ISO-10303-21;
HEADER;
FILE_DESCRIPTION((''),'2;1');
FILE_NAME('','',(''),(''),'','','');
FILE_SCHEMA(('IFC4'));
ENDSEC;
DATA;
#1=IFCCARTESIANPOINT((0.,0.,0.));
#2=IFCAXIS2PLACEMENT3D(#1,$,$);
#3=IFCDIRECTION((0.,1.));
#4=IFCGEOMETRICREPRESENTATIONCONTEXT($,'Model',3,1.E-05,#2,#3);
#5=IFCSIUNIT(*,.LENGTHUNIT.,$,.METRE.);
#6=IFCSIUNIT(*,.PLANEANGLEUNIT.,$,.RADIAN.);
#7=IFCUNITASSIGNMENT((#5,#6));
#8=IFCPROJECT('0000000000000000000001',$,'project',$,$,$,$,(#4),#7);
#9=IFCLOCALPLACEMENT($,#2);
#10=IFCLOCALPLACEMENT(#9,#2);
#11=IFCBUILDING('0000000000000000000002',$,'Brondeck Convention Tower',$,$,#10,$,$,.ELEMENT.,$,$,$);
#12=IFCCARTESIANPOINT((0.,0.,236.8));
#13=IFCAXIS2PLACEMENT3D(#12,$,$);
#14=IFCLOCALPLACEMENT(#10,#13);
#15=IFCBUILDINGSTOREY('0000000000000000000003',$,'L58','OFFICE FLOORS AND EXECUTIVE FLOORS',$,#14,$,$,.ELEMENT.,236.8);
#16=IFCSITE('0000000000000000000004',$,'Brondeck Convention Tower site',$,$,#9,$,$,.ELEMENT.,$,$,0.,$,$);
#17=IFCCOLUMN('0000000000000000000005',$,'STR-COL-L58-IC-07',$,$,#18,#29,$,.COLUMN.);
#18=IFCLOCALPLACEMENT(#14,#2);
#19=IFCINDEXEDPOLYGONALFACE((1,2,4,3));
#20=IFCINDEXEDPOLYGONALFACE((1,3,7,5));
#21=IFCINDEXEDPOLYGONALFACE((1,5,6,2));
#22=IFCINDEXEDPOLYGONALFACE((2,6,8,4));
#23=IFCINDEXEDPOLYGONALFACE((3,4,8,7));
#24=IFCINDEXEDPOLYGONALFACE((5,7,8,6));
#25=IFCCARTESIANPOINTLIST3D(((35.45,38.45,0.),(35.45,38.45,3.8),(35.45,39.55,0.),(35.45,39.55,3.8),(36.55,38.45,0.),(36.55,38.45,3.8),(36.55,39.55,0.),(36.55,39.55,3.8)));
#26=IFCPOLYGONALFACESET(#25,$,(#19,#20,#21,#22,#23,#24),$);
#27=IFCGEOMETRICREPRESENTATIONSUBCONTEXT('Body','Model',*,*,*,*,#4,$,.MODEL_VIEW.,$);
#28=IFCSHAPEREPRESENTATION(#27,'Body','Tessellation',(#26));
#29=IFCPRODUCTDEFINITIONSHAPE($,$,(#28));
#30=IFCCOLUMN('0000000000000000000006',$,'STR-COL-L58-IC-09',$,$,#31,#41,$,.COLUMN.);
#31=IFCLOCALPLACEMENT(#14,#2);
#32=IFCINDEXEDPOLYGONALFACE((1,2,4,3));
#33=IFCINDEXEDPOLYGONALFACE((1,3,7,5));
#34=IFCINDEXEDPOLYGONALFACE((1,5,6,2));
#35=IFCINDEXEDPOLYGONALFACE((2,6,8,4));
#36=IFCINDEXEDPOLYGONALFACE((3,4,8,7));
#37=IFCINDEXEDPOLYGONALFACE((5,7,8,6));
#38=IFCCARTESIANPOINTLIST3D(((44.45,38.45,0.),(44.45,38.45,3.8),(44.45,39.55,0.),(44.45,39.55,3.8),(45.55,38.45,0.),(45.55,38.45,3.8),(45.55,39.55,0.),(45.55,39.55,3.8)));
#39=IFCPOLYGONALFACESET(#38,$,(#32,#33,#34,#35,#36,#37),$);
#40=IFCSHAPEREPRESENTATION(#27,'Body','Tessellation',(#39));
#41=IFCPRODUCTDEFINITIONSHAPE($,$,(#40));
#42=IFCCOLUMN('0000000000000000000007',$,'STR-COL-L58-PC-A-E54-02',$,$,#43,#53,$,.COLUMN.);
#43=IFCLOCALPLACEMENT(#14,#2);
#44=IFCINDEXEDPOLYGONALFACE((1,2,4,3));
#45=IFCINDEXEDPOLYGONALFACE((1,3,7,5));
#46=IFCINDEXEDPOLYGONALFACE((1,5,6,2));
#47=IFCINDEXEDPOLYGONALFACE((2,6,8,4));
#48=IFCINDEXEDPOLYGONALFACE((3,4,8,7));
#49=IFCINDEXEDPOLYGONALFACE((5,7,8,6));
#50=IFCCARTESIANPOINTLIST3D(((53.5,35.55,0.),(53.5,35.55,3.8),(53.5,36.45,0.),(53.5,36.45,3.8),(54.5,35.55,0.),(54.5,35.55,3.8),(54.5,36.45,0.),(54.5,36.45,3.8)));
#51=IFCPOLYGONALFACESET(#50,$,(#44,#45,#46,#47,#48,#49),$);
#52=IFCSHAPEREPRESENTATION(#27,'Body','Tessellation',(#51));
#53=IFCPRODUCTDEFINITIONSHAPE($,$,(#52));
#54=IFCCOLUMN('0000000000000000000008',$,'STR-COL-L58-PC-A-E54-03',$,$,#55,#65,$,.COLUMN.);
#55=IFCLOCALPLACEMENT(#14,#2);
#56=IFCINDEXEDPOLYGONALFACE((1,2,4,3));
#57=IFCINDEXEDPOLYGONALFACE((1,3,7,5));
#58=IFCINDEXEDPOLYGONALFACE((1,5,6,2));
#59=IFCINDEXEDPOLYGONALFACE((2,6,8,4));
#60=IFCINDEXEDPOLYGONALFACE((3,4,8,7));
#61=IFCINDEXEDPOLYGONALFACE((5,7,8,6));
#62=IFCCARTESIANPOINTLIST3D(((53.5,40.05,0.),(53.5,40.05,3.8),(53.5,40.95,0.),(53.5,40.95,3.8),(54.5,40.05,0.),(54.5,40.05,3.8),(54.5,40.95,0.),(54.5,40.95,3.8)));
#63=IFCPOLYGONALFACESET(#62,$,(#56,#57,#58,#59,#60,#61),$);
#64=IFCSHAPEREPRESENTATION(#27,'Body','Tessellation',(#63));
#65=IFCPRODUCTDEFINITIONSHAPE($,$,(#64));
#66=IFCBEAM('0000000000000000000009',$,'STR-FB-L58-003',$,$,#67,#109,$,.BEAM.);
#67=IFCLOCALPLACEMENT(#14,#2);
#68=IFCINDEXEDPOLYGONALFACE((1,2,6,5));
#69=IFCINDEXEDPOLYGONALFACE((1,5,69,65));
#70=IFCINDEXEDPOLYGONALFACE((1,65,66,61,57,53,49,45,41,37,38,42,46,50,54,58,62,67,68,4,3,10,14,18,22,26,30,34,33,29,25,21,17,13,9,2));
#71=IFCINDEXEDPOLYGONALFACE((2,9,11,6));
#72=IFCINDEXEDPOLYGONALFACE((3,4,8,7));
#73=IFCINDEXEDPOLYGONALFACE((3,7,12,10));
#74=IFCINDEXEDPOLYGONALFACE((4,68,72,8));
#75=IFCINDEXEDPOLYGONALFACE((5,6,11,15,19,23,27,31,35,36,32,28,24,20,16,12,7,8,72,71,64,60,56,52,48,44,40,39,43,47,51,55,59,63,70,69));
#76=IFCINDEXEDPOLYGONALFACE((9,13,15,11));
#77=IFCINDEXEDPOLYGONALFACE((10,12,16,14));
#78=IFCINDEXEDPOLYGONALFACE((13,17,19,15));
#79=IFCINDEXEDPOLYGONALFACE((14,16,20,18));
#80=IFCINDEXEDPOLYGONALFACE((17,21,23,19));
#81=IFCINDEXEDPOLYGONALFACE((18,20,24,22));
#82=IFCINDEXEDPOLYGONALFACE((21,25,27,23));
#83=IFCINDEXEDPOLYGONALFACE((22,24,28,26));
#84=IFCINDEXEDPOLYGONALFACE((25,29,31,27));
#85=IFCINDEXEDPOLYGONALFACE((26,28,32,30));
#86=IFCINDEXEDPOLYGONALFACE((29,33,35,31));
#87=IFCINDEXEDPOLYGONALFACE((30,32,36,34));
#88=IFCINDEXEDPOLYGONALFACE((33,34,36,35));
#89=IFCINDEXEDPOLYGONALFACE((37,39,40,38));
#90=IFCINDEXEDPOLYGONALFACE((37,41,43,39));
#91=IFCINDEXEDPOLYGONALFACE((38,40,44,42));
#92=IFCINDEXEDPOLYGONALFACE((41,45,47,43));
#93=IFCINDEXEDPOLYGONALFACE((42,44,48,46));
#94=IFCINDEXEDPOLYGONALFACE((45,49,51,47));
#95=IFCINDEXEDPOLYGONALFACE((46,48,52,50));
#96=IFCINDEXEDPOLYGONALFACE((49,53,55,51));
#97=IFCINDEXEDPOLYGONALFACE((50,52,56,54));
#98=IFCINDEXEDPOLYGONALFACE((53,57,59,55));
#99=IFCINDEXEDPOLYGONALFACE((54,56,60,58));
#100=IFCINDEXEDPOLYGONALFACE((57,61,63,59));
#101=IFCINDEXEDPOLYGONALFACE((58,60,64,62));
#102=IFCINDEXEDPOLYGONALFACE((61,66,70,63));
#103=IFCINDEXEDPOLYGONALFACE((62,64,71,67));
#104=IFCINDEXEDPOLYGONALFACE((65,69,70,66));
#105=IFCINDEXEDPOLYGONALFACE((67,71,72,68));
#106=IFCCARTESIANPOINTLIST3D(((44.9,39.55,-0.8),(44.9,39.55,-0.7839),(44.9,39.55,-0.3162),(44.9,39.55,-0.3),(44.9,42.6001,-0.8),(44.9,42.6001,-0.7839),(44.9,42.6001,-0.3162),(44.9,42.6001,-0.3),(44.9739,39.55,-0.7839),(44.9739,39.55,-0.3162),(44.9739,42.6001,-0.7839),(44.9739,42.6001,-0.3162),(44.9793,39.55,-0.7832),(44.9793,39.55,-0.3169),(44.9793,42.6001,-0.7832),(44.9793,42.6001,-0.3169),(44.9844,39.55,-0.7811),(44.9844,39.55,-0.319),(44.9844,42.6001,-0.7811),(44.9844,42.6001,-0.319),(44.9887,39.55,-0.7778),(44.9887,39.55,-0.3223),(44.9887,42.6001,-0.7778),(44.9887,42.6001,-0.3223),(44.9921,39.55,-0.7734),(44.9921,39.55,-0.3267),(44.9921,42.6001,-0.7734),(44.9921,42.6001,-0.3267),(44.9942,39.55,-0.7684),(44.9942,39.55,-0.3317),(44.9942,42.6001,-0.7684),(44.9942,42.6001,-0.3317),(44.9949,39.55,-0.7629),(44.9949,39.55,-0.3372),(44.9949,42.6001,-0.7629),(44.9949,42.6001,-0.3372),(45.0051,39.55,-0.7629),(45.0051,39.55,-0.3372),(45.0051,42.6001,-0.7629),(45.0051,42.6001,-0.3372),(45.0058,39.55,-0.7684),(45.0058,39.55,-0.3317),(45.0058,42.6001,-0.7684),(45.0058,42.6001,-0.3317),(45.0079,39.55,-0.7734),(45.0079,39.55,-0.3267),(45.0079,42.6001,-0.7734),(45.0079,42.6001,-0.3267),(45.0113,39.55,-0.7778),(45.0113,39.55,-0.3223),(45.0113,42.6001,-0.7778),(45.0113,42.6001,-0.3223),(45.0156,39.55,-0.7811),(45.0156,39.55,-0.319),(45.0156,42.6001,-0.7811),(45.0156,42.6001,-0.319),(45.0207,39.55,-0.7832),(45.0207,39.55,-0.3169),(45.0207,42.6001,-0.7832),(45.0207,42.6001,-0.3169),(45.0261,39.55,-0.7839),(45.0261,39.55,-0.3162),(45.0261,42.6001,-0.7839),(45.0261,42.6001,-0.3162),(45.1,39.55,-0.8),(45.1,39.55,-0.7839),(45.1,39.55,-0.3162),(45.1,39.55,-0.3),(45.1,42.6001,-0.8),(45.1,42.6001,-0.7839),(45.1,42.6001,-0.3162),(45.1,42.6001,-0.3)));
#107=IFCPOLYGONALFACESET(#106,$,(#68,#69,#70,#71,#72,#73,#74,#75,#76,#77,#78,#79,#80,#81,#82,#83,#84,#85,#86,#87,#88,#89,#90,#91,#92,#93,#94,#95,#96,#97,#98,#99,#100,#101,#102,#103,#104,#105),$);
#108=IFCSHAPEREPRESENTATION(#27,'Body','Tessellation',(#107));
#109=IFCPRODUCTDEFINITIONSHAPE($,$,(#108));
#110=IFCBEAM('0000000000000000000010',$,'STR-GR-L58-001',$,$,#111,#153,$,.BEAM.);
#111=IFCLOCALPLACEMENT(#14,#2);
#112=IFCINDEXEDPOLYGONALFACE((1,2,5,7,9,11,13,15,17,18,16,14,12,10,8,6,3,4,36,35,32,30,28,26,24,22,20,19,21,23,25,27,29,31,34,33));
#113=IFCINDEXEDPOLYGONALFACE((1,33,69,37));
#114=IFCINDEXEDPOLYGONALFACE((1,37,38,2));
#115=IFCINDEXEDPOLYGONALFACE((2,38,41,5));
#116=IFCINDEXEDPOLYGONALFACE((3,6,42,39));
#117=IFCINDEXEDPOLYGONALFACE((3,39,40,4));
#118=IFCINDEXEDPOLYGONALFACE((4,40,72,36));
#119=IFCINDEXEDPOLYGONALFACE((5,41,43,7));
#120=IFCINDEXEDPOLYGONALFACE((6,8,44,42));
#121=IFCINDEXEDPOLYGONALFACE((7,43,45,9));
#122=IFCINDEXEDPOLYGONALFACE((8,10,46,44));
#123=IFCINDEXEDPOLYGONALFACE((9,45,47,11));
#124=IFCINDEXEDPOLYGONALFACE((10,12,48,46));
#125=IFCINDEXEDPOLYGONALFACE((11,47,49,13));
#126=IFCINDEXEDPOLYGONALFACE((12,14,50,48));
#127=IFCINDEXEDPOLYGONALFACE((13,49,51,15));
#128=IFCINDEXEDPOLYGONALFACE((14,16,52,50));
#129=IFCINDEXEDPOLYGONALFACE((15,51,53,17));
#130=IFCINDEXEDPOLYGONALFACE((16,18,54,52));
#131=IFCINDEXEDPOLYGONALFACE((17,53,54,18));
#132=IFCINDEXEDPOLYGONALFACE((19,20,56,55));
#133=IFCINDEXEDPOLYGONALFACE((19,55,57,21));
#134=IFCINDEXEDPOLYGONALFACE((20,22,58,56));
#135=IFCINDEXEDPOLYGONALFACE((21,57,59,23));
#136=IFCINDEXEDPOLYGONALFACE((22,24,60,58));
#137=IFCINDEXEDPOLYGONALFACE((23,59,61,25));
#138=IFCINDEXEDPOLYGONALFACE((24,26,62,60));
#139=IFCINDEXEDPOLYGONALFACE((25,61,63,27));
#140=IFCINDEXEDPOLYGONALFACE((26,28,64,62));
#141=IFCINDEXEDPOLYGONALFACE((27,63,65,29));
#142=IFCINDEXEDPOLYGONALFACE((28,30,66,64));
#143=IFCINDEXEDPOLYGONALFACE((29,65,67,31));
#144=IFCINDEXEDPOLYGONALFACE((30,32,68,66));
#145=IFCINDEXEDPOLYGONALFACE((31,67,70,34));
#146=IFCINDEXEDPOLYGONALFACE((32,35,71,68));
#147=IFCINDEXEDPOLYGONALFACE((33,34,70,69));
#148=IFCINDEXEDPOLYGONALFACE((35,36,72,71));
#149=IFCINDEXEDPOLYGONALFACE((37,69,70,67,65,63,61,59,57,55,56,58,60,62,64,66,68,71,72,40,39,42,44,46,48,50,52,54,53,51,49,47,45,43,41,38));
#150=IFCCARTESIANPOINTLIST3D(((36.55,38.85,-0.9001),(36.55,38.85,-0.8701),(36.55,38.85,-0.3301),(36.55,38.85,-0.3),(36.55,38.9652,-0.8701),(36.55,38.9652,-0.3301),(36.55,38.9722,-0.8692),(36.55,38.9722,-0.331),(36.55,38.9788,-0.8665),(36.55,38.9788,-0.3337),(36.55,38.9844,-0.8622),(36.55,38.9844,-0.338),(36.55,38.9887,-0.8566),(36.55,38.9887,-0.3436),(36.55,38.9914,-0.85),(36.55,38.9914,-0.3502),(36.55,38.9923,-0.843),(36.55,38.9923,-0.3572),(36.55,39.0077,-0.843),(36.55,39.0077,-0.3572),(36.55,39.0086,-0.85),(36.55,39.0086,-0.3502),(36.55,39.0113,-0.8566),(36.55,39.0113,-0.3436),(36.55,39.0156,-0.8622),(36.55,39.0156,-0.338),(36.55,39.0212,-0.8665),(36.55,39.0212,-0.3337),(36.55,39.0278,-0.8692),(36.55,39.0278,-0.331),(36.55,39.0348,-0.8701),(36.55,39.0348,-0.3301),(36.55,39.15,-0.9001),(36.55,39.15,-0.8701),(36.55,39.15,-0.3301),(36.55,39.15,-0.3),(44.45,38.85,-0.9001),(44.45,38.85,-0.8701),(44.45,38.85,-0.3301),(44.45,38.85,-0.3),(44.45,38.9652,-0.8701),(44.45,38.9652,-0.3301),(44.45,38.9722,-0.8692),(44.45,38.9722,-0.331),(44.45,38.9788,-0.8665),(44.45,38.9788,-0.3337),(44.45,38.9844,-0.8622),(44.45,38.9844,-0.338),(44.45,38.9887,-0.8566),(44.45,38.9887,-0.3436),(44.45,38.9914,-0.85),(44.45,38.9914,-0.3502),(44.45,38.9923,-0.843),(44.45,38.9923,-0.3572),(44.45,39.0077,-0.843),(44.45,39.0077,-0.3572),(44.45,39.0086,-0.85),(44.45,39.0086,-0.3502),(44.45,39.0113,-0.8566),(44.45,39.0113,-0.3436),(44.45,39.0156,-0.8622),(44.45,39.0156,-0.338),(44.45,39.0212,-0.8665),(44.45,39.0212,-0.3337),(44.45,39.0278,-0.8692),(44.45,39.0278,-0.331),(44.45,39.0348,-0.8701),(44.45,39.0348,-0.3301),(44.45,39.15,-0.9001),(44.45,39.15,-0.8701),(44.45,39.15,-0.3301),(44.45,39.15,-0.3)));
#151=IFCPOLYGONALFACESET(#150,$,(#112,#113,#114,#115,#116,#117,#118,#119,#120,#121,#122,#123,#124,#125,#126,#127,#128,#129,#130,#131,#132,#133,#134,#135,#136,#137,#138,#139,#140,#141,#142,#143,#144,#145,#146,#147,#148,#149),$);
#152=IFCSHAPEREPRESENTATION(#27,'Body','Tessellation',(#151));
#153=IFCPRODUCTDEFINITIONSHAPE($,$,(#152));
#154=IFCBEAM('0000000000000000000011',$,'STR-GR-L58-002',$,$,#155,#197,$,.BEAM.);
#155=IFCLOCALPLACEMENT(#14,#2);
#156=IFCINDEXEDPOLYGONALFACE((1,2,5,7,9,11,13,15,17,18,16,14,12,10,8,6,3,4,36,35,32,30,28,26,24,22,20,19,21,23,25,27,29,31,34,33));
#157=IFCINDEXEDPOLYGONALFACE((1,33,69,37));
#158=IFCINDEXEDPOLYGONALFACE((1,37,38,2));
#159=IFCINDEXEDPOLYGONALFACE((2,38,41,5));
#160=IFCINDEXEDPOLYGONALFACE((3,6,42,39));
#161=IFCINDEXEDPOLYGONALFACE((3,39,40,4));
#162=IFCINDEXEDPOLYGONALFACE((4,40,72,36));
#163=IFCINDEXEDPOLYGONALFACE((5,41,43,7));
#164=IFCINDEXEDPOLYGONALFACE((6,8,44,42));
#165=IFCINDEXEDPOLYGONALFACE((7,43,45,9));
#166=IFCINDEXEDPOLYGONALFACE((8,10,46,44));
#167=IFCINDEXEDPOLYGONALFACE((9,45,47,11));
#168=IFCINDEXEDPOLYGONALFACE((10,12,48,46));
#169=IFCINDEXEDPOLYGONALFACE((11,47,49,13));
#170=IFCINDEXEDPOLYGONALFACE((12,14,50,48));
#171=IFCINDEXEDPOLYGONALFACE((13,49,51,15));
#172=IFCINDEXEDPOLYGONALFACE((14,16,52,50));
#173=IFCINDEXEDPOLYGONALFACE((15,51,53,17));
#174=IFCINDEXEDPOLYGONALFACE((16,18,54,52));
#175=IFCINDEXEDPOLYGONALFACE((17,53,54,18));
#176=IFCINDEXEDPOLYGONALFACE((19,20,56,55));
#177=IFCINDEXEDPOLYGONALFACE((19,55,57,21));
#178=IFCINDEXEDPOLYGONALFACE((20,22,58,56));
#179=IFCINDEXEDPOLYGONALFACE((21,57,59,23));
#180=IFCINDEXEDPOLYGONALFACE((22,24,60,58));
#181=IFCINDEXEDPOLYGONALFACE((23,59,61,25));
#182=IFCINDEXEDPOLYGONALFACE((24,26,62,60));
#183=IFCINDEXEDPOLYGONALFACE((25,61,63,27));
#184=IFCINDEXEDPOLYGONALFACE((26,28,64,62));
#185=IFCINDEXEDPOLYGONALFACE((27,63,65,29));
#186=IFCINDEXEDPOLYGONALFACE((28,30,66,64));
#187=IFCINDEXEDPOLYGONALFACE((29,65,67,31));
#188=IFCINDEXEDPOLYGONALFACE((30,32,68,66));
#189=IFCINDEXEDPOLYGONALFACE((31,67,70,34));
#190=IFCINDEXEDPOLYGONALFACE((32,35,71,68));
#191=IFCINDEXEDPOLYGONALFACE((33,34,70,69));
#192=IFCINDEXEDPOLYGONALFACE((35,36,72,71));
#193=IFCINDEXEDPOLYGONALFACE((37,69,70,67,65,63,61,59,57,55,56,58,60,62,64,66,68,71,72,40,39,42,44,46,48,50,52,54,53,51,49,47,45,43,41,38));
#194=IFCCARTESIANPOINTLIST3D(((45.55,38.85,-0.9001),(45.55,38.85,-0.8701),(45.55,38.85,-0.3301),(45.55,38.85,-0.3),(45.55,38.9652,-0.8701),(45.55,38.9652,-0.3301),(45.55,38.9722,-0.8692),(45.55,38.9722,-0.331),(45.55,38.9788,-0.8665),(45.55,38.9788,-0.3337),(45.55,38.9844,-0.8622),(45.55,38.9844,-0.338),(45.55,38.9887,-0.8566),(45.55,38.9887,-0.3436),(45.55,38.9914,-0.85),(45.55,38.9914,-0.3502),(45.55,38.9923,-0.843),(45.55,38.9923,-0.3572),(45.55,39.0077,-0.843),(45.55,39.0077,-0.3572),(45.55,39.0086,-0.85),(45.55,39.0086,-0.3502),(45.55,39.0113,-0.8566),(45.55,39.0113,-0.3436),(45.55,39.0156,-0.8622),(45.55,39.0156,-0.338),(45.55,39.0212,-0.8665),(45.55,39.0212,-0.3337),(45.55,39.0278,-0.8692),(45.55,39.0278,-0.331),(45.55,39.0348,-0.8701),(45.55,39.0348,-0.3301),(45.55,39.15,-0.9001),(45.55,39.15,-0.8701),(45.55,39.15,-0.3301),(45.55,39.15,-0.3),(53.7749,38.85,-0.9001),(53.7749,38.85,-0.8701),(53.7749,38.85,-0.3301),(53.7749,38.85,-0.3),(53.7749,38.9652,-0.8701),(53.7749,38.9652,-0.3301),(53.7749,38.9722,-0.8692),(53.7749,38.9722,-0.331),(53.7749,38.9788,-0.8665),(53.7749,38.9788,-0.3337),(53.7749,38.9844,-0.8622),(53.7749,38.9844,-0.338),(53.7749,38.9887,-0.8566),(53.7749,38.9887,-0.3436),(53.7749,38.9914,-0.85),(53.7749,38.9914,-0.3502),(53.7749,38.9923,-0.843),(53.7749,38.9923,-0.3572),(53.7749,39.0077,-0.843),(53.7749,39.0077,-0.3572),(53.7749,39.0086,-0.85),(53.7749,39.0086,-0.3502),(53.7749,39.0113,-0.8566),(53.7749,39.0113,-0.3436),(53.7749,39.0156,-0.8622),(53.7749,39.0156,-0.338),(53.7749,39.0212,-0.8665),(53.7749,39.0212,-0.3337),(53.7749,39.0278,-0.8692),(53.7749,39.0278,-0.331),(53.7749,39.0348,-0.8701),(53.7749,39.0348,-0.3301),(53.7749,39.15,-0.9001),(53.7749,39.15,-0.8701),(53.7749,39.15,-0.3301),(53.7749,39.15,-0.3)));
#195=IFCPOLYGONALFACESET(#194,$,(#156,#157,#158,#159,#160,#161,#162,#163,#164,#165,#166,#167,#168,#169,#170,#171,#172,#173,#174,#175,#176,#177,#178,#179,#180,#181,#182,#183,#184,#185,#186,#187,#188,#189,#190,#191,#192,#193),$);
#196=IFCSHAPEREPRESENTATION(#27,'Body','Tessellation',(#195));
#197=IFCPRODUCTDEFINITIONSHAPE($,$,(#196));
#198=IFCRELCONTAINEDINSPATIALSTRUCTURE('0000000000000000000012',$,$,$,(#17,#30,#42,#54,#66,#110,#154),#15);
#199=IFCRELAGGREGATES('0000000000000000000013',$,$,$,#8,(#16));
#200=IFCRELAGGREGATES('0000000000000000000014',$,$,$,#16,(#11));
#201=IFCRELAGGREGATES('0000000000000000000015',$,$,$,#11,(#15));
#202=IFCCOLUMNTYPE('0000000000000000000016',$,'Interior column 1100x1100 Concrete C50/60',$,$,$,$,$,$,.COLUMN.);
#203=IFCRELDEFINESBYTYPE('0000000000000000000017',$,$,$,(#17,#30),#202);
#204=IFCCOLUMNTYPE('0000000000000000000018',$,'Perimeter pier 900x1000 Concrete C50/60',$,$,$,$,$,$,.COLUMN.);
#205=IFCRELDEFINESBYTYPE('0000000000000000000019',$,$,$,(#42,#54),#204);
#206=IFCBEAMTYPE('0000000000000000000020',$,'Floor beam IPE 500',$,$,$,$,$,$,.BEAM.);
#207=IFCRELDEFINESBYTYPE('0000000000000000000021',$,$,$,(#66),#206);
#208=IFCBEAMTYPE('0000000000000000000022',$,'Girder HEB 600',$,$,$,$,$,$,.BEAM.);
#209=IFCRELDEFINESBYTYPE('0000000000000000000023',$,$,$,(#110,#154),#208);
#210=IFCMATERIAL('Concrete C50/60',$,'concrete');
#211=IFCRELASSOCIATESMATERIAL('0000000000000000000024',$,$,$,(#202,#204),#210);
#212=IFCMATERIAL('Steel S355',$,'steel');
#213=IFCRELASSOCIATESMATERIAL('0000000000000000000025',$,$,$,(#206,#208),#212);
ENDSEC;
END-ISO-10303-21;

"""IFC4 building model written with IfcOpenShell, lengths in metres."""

from ifc_helpers import new_model, si_unit, direction, frame, origin, origin_2d, place, context, subcontext, project, spatial, rectangle, i_section, extrude, material, material_profile, profile_set, type_object, element, save


model = new_model("IFC4")

# Units and contexts
model_context = context("Model", 3, precision=1e-05, world=origin(), true_north=direction((0.0, 1.0)))
body_context = subcontext(model_context, "Body", "Model", "MODEL_VIEW")
ifc_project = project(units=[si_unit("LENGTHUNIT", "METRE"), si_unit("PLANEANGLEUNIT", "RADIAN")], contexts=[model_context])

# Site, building, storey
site_placement = place(None, origin())
site = spatial("IfcSite", under=ifc_project, at=site_placement, Name="Brondeck Convention Tower site", CompositionType="ELEMENT", RefElevation=0.0)
building_placement = place(site_placement, origin())
building = spatial("IfcBuilding", under=site, at=building_placement, Name="Brondeck Convention Tower", CompositionType="ELEMENT")
storey_placement = place(building_placement, frame((0.0, 0.0, 236.8)))
storey = spatial("IfcBuildingStorey", under=building, at=storey_placement, Name="L58", Description="OFFICE FLOORS AND EXECUTIVE FLOORS", CompositionType="ELEMENT", Elevation=236.8)

# Columns
ifc_material_1 = material(Name="Concrete C50/60", Category="concrete")
ifc_material_profile_1 = material_profile(ifc_material_1, rectangle(XDim=1.1001, YDim=1.1001, at=origin_2d()), Name="Interior column 1100x1100 Concrete C50/60")
ifc_profile_set_1 = profile_set([ifc_material_profile_1], Name="Concrete C50/60")
column_type_1 = type_object("IfcColumnType", Name="Interior column 1100x1100 Concrete C50/60", PredefinedType="COLUMN", material=ifc_profile_set_1)
for number, where, z_axis, x_axis, name in (
    (1, (36.0, 39.0, 0.0), (0.0, 0.0, 1.0), (1.0, 0.0, 0.0), "STR-COL-L58-IC-07"),
    (2, (45.0, 39.0, 0.0), (0.0, 0.0, 1.0), (1.0, 0.0, 0.0), "STR-COL-L58-IC-09"),
):
    element("IfcColumn", number, at=place(storey_placement, frame(where, z_axis=z_axis, x_axis=x_axis)), inside=storey, type_object=column_type_1, Name=name, PredefinedType="COLUMN", context=body_context, shape_type="SweptSolid", body=[
        extrude(rectangle(XDim=1.1001, YDim=1.1001, at=origin_2d()), origin(), (0.0, 0.0, 1.0), 3.8),
    ])
ifc_material_profile_2 = material_profile(ifc_material_1, rectangle(XDim=0.8999, YDim=1.0, at=origin_2d()), Name="Perimeter pier 900x1000 Concrete C50/60")
ifc_profile_set_2 = profile_set([ifc_material_profile_2], Name="Concrete C50/60")
column_type_2 = type_object("IfcColumnType", Name="Perimeter pier 900x1000 Concrete C50/60", PredefinedType="COLUMN", material=ifc_profile_set_2)
for number, where, z_axis, x_axis, name in (
    (3, (54.0, 36.0, 0.0), (0.0, 0.0, 1.0), (0.0, 1.0, 0.0), "STR-COL-L58-PC-A-E54-02"),
    (4, (54.0, 40.5, 0.0), (0.0, 0.0, 1.0), (0.0, 1.0, 0.0), "STR-COL-L58-PC-A-E54-03"),
):
    element("IfcColumn", number, at=place(storey_placement, frame(where, z_axis=z_axis, x_axis=x_axis)), inside=storey, type_object=column_type_2, Name=name, PredefinedType="COLUMN", context=body_context, shape_type="SweptSolid", body=[
        extrude(rectangle(XDim=0.8999, YDim=1.0, at=origin_2d()), origin(), (0.0, 0.0, 1.0), 3.8),
    ])

# Beams
ifc_material_2 = material(Name="Steel S355", Category="steel")
ifc_material_profile_3 = material_profile(ifc_material_2, i_section(OverallWidth=0.2, OverallDepth=0.5, WebThickness=0.0103, FlangeThickness=0.0161, FilletRadius=0.021, at=origin_2d()), Name="IPE 500")
ifc_profile_set_3 = profile_set([ifc_material_profile_3], Name="Steel S355")
beam_type_1 = type_object("IfcBeamType", Name="Floor beam IPE 500", PredefinedType="BEAM", material=ifc_profile_set_3)
beam_1_placement = place(storey_placement, frame((45.0, 39.55, -0.55), z_axis=(0.0, 1.0, 0.0), x_axis=(-1.0, 0.0, 0.0)))
element("IfcBeam", 5, at=beam_1_placement, inside=storey, type_object=beam_type_1, Name="STR-FB-L58-003", PredefinedType="BEAM", context=body_context, shape_type="SweptSolid", body=[
    extrude(i_section(OverallWidth=0.2, OverallDepth=0.5, WebThickness=0.0103, FlangeThickness=0.0161, FilletRadius=0.021, at=origin_2d()), origin(), (0.0, 0.0, 1.0), 3.05),
])
ifc_material_profile_4 = material_profile(ifc_material_2, i_section(OverallWidth=0.3, OverallDepth=0.6001, WebThickness=0.0154, FlangeThickness=0.03, FilletRadius=0.0271, at=origin_2d()), Name="HEB 600")
ifc_profile_set_4 = profile_set([ifc_material_profile_4], Name="Steel S355")
beam_type_2 = type_object("IfcBeamType", Name="Girder HEB 600", PredefinedType="BEAM", material=ifc_profile_set_4)
beam_2_placement = place(storey_placement, frame((36.55, 39.0, -0.6001), z_axis=(1.0, 0.0, 0.0), x_axis=(0.0, 1.0, 0.0)))
element("IfcBeam", 6, at=beam_2_placement, inside=storey, type_object=beam_type_2, Name="STR-GR-L58-001", PredefinedType="BEAM", context=body_context, shape_type="SweptSolid", body=[
    extrude(i_section(OverallWidth=0.3, OverallDepth=0.6001, WebThickness=0.0154, FlangeThickness=0.03, FilletRadius=0.0271, at=origin_2d()), origin(), (0.0, 0.0, 1.0), 7.8999),
])
beam_3_placement = place(storey_placement, frame((45.55, 39.0, -0.6001), z_axis=(1.0, 0.0, 0.0), x_axis=(0.0, 1.0, 0.0)))
element("IfcBeam", 7, at=beam_3_placement, inside=storey, type_object=beam_type_2, Name="STR-GR-L58-002", PredefinedType="BEAM", context=body_context, shape_type="SweptSolid", body=[
    extrude(i_section(OverallWidth=0.3, OverallDepth=0.6001, WebThickness=0.0154, FlangeThickness=0.03, FilletRadius=0.0271, at=origin_2d()), origin(), (0.0, 0.0, 1.0), 8.2249),
])

save(model, "model.ifc")
